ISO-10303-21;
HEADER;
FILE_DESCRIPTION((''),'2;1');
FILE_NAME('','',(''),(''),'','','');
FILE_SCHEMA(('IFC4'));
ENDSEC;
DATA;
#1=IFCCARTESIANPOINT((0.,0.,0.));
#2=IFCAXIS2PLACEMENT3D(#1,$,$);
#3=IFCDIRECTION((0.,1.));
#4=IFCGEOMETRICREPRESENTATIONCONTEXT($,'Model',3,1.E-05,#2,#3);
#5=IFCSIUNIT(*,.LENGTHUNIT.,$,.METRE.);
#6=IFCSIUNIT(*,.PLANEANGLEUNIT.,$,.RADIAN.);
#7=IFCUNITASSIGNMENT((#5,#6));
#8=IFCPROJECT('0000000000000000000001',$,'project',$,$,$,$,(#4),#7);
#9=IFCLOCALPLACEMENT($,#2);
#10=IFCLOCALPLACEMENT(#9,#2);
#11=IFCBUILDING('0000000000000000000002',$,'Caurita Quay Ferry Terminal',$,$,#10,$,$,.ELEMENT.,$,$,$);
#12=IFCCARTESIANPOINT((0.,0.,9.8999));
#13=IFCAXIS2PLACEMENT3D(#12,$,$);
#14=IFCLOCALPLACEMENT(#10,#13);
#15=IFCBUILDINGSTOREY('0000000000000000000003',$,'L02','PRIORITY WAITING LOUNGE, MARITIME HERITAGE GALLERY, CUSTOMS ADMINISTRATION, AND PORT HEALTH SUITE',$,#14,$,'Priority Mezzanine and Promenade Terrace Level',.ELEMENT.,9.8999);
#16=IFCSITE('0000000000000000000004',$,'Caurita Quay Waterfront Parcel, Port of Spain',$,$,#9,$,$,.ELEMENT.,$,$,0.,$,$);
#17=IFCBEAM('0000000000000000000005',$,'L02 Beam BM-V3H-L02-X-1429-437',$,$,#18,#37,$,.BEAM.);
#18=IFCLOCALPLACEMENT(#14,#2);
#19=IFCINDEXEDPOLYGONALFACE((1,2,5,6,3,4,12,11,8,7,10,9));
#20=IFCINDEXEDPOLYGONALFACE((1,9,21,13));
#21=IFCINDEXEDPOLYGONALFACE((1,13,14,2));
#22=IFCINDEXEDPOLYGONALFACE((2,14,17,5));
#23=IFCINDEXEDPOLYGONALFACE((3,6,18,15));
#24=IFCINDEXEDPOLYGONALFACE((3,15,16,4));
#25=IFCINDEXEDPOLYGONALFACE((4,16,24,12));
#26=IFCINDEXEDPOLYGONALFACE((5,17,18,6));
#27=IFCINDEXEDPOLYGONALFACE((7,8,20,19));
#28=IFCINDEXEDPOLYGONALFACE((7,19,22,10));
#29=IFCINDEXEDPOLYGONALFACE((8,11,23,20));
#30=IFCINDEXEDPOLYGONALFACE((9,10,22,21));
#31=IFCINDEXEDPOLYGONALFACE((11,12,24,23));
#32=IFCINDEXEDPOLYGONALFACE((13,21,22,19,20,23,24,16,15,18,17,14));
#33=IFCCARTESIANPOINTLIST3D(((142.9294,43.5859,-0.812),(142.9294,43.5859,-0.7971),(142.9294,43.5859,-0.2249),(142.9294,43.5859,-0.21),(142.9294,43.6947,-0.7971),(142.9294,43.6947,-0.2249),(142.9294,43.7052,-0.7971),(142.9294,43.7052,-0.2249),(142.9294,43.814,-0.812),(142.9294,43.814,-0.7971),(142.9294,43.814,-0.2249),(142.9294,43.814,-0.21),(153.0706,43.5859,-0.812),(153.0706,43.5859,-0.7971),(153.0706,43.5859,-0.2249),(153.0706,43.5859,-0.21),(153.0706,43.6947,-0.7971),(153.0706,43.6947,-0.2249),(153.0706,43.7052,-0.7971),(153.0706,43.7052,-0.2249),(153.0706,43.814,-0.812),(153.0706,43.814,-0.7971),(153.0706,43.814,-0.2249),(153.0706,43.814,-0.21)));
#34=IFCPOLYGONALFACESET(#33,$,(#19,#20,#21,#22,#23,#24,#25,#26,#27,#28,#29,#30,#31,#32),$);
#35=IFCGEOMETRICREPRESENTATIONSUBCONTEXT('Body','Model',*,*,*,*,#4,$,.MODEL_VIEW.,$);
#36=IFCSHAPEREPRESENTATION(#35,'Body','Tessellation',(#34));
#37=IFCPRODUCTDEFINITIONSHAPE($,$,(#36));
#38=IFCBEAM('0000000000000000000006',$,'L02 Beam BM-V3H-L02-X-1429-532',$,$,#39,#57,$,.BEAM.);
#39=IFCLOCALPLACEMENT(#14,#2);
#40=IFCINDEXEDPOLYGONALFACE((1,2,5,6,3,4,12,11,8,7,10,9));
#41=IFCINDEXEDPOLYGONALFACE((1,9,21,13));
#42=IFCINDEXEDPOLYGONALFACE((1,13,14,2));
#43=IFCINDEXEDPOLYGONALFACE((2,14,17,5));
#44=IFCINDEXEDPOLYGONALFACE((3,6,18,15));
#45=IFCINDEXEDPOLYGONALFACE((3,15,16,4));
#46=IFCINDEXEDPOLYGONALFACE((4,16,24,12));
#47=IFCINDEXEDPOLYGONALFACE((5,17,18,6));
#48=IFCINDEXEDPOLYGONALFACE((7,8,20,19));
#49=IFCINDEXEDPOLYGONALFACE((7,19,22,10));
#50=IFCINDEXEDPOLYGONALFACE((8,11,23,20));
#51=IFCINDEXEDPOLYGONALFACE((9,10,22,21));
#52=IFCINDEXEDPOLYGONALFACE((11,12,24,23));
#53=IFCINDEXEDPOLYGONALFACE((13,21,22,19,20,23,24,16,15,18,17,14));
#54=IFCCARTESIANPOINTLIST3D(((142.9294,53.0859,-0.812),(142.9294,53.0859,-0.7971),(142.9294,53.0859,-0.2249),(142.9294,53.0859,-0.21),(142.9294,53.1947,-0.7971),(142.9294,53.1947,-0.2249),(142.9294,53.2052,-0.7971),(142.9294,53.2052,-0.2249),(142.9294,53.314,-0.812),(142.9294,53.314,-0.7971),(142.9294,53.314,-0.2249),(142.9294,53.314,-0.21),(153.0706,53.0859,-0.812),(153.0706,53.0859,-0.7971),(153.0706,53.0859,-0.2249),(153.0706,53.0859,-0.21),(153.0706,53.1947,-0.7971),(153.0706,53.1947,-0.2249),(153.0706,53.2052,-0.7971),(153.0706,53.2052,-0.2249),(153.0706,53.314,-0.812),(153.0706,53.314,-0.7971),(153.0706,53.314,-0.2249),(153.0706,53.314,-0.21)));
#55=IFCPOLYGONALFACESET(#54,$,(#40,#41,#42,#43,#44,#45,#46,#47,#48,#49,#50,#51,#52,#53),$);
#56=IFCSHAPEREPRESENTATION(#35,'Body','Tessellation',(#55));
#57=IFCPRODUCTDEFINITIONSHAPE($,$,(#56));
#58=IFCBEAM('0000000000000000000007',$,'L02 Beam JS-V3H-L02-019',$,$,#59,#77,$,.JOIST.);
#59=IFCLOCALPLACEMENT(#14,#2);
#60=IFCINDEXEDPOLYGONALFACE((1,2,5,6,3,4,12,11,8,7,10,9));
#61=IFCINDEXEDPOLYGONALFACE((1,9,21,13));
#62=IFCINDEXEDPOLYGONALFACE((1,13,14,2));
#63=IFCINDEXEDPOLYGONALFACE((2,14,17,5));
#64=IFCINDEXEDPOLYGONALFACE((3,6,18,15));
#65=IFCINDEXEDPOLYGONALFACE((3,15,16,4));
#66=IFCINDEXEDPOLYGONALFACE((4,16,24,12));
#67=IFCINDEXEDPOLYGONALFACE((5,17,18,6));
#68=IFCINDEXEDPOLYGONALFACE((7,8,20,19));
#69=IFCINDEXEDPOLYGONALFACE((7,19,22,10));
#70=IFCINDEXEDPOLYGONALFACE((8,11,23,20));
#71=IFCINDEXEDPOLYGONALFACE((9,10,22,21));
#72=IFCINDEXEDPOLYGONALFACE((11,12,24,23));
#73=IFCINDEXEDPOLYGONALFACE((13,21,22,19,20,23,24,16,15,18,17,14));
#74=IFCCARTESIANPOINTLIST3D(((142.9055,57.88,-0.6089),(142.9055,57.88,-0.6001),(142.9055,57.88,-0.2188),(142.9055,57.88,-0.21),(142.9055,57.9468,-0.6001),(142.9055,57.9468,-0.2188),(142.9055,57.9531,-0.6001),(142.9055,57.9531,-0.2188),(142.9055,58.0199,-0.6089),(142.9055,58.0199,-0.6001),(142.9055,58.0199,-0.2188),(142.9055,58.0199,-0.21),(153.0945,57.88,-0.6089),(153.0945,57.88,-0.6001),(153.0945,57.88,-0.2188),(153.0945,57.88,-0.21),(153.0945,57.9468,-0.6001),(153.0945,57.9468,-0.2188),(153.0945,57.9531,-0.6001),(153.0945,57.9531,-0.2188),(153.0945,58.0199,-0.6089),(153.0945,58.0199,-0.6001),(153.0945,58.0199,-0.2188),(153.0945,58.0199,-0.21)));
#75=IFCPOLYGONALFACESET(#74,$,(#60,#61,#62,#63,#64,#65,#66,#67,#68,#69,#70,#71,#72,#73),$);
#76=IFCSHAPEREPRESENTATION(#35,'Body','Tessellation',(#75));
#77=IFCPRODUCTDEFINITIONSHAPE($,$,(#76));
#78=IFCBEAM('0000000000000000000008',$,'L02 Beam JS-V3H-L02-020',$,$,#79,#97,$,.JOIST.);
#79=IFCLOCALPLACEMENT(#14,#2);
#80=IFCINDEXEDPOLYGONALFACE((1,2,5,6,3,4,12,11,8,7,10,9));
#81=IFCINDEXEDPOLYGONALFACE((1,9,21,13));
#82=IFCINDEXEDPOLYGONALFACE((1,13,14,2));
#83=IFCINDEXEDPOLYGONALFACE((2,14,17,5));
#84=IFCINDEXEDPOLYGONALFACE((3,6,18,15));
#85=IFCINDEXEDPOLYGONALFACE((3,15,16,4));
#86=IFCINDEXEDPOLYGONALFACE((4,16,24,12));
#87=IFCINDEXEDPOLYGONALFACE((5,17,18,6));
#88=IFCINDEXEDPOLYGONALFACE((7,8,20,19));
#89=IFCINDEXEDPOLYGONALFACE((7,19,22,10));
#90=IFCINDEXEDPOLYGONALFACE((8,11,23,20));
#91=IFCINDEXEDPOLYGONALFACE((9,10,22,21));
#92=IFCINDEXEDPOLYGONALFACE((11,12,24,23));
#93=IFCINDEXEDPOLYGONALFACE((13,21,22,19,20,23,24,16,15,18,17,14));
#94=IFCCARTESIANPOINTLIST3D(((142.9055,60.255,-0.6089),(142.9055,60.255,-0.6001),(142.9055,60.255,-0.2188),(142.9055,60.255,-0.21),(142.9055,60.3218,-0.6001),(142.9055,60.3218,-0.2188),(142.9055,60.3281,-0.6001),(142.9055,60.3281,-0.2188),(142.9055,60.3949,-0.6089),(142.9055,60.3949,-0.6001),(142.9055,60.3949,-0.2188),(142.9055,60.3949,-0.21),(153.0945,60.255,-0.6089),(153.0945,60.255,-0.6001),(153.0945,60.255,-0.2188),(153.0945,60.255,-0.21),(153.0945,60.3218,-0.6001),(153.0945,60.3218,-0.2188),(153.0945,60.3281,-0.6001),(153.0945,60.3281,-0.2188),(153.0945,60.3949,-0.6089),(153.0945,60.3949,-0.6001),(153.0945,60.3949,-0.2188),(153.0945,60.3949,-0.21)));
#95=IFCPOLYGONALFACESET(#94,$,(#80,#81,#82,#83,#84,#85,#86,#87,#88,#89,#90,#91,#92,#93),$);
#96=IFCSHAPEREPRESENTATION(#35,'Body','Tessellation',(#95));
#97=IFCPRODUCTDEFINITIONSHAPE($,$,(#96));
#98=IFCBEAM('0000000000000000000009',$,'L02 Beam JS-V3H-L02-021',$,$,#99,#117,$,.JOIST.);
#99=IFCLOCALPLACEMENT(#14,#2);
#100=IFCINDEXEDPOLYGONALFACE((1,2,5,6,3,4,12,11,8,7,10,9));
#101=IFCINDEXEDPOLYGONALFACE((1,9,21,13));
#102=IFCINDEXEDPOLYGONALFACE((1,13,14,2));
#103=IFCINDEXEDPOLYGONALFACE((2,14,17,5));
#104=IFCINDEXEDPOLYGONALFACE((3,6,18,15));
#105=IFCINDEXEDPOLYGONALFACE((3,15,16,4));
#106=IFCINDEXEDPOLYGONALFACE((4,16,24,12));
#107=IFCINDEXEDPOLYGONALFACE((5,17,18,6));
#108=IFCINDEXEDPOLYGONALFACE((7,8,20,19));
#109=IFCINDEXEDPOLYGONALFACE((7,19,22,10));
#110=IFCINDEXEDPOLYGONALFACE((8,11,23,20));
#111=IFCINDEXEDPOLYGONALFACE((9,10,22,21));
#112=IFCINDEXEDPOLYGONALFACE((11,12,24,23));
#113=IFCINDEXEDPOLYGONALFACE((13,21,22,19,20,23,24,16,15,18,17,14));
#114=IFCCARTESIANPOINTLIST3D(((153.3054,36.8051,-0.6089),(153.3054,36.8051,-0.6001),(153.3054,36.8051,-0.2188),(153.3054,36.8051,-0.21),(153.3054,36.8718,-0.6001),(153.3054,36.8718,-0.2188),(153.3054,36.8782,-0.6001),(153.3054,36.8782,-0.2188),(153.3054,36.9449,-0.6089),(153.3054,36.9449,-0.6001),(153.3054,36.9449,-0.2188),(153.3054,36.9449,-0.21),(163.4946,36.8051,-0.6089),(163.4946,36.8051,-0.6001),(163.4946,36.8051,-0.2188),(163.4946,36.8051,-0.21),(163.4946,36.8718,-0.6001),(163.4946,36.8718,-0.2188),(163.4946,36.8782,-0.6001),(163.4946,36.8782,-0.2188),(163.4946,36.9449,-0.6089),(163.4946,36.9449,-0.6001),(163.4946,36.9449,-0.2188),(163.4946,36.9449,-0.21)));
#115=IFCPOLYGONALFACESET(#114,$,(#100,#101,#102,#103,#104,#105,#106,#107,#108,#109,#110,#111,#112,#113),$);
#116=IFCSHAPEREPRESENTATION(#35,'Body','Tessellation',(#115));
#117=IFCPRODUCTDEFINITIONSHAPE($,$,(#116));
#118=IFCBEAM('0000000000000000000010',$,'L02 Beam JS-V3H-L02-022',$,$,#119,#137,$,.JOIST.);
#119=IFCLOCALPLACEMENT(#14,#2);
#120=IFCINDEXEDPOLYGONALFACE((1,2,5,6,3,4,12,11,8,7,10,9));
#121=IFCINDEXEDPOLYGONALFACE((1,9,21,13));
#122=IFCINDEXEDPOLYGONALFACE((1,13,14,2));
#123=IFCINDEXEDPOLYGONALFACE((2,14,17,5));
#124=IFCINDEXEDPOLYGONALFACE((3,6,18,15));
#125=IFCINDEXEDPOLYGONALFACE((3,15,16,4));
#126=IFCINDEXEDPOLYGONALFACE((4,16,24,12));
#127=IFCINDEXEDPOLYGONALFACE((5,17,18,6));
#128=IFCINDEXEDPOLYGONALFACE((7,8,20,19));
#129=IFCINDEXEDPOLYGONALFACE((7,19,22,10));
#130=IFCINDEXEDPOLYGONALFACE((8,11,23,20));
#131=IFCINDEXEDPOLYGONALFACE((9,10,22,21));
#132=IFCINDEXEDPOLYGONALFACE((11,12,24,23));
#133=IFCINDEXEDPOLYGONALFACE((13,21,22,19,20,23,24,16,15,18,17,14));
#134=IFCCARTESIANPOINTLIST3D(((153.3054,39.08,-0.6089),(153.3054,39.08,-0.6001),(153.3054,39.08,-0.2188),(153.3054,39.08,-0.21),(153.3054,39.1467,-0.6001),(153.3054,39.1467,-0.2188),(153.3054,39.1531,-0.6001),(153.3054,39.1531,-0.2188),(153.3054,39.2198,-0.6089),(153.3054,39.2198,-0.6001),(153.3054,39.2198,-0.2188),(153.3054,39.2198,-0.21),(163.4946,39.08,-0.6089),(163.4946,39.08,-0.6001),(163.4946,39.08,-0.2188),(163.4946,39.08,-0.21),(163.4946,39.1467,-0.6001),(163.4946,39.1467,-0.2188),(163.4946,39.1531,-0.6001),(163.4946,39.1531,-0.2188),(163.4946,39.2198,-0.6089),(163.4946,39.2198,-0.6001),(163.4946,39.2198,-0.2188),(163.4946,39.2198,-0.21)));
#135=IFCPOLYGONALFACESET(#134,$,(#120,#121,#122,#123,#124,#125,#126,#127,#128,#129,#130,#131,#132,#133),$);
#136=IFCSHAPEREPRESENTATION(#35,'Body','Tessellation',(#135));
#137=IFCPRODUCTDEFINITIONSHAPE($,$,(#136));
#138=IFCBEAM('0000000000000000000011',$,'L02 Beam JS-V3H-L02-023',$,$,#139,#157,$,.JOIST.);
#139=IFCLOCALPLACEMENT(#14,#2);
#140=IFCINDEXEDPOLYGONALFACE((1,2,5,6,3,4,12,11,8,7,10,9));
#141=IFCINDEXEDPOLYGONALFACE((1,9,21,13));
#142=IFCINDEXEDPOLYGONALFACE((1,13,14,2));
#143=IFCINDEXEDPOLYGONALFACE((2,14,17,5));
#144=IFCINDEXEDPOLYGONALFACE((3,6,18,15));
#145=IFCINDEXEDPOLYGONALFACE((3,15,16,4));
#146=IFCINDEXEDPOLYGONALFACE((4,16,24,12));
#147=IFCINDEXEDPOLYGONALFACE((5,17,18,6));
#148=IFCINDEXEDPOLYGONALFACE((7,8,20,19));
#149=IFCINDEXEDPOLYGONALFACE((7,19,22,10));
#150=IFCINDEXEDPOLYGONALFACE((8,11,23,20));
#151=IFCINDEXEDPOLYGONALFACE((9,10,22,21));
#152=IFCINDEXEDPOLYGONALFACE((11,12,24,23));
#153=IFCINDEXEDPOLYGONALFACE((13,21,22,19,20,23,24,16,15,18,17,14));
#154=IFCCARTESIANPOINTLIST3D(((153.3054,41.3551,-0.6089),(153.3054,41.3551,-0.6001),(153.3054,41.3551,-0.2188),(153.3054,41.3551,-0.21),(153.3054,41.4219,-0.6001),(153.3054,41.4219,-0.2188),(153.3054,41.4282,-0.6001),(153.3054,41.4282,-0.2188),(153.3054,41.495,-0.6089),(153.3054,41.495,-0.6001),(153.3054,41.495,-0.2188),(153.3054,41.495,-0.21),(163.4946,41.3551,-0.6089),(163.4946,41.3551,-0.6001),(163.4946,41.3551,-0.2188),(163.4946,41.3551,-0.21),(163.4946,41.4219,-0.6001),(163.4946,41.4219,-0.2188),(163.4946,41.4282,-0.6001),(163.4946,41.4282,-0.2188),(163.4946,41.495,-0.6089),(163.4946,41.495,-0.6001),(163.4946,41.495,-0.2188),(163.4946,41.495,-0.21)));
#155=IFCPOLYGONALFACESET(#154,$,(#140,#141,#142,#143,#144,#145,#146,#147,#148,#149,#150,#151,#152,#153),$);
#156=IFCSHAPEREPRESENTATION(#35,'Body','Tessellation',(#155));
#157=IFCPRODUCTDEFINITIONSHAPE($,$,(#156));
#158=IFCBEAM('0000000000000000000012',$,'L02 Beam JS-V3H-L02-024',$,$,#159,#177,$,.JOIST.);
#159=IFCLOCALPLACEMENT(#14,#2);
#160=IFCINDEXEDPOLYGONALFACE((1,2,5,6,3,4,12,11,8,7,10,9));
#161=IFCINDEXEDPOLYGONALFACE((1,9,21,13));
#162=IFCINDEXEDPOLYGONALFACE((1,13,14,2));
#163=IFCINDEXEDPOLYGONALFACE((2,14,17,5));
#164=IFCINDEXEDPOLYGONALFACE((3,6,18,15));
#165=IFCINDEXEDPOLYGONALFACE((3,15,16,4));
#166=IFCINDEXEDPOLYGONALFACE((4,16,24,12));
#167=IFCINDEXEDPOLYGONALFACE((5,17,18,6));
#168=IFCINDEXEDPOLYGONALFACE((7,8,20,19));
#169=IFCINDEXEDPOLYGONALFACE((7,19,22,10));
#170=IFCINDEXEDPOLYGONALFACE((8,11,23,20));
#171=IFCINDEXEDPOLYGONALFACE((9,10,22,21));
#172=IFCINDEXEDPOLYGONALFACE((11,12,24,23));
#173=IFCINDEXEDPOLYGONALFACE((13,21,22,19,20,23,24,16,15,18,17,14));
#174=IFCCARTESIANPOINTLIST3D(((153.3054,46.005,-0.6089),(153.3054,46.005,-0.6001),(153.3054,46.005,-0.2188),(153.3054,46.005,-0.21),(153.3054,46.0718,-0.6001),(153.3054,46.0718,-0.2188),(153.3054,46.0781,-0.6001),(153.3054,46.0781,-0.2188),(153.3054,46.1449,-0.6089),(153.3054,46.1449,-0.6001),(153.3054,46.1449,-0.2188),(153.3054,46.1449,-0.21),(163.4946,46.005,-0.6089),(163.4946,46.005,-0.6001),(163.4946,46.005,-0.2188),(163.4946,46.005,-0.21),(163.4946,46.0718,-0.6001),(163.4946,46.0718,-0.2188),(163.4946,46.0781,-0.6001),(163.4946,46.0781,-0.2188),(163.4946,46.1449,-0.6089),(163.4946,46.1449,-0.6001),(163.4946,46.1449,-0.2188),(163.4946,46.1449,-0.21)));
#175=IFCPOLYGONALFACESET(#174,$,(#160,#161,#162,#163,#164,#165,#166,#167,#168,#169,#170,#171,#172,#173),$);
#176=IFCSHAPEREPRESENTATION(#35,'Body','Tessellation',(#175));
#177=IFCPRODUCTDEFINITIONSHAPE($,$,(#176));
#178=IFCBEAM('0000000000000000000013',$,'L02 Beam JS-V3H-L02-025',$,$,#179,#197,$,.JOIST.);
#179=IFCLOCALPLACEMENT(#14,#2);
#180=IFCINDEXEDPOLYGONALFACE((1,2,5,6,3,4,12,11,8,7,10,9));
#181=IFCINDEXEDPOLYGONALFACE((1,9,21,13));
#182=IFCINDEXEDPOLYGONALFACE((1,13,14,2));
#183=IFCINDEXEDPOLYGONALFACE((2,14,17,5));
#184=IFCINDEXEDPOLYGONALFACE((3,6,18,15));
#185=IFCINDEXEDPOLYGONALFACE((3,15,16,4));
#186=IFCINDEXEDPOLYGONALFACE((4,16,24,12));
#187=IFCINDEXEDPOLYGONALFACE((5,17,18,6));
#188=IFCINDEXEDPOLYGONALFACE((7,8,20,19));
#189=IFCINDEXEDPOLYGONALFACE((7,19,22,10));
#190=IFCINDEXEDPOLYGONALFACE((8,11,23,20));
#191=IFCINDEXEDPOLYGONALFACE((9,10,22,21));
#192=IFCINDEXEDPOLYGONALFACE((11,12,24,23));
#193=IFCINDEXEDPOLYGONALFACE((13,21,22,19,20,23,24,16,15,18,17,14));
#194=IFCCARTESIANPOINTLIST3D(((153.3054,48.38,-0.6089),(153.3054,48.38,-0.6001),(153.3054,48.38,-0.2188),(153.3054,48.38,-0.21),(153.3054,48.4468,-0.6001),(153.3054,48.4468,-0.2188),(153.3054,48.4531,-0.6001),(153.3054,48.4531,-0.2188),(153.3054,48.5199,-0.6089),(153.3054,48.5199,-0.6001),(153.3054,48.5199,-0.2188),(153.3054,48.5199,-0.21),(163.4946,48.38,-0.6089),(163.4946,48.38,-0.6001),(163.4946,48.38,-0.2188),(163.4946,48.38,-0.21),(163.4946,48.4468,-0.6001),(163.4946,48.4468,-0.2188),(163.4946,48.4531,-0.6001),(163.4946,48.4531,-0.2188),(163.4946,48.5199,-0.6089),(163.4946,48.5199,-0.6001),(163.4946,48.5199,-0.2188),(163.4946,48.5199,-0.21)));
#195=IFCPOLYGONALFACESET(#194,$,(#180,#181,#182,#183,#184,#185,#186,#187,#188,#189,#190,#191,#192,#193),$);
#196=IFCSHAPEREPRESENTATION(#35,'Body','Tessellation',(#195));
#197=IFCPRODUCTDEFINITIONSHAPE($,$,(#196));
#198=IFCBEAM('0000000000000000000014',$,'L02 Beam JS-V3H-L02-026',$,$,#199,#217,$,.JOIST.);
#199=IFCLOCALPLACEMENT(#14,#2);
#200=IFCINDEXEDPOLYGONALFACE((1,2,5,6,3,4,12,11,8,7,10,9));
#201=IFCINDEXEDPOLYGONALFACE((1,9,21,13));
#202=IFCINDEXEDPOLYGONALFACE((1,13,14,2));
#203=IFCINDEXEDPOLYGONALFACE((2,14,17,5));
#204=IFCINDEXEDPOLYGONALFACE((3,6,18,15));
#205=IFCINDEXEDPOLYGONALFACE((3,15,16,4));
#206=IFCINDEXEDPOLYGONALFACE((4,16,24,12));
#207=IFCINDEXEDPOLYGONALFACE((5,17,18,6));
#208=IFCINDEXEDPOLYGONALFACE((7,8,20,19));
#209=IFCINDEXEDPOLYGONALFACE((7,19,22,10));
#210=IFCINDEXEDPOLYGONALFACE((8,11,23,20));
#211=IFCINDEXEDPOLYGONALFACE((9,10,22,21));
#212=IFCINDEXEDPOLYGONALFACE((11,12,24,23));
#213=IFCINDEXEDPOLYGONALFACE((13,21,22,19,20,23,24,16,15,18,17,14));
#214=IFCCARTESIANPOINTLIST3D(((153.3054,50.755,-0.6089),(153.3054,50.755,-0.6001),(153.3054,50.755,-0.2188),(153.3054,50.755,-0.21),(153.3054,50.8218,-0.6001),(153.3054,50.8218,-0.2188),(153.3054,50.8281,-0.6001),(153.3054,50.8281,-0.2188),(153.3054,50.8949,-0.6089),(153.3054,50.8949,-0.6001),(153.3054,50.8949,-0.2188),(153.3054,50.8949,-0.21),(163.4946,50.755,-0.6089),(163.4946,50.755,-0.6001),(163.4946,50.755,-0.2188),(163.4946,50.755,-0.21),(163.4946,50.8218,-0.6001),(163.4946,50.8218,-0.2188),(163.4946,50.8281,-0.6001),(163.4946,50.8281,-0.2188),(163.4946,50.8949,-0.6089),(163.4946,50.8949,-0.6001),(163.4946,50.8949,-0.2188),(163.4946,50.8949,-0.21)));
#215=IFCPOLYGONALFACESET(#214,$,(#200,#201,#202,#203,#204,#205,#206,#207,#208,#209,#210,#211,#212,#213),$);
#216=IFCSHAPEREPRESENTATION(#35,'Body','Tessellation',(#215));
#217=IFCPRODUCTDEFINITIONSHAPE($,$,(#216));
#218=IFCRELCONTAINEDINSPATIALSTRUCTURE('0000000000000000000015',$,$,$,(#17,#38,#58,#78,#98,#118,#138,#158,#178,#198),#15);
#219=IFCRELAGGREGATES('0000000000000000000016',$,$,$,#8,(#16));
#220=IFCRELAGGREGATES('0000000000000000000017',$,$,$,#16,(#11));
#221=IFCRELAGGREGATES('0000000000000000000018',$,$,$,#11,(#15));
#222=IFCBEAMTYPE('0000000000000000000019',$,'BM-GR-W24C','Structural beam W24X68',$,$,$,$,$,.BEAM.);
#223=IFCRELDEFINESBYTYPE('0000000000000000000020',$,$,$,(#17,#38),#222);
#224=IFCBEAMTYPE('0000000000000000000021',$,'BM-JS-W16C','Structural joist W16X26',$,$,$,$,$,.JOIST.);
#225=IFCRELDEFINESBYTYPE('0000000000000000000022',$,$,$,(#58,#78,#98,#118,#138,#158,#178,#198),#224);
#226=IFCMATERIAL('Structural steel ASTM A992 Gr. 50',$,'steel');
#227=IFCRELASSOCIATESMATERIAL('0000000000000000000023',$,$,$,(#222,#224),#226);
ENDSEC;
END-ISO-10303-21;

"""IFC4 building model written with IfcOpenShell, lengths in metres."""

from ifc_helpers import new_model, si_unit, direction, frame, origin, origin_2d, place, context, subcontext, project, spatial, i_section, extrude, material, material_profile, profile_set, type_object, element, save


model = new_model("IFC4")

# Units and contexts
model_context = context("Model", 3, precision=1e-05, world=origin(), true_north=direction((0.0, 1.0)))
body_context = subcontext(model_context, "Body", "Model", "MODEL_VIEW")
ifc_project = project(units=[si_unit("LENGTHUNIT", "METRE"), si_unit("PLANEANGLEUNIT", "RADIAN")], contexts=[model_context])

# Site, building, storey
site_placement = place(None, origin())
site = spatial("IfcSite", under=ifc_project, at=site_placement, Name="Caurita Quay Waterfront Parcel, Port of Spain", CompositionType="ELEMENT", RefElevation=0.0)
building_placement = place(site_placement, origin())
building = spatial("IfcBuilding", under=site, at=building_placement, Name="Caurita Quay Ferry Terminal", CompositionType="ELEMENT")
storey_placement = place(building_placement, frame((0.0, 0.0, 9.8999)))
storey = spatial("IfcBuildingStorey", under=building, at=storey_placement, Name="L02", Description="PRIORITY WAITING LOUNGE, MARITIME HERITAGE GALLERY, CUSTOMS ADMINISTRATION, AND PORT HEALTH SUITE", LongName="Priority Mezzanine and Promenade Terrace Level", CompositionType="ELEMENT", Elevation=9.8999)

# Beams
ifc_material_1 = material(Name="Structural steel ASTM A992 Gr. 50", Category="steel")
ifc_material_profile_1 = material_profile(ifc_material_1, i_section(OverallWidth=0.228, OverallDepth=0.6021, WebThickness=0.0105, FlangeThickness=0.0149, at=origin_2d()), Name="W24X68")
ifc_profile_set_1 = profile_set([ifc_material_profile_1], Name="Structural steel ASTM A992 Gr. 50")
beam_type_1 = type_object("IfcBeamType", Name="BM-GR-W24C", Description="Structural beam W24X68", PredefinedType="BEAM", material=ifc_profile_set_1)
for number, where, z_axis, x_axis, name in (
    (1, (142.9294, 43.7, -0.511), (1.0, 0.0, 0.0), (0.0, 1.0, 0.0), "L02 Beam BM-V3H-L02-X-1429-437"),
    (2, (142.9294, 53.2, -0.511), (1.0, 0.0, 0.0), (0.0, 1.0, 0.0), "L02 Beam BM-V3H-L02-X-1429-532"),
):
    element("IfcBeam", number, at=place(storey_placement, frame(where, z_axis=z_axis, x_axis=x_axis)), inside=storey, type_object=beam_type_1, Name=name, PredefinedType="BEAM", context=body_context, shape_type="SweptSolid", body=[
        extrude(i_section(OverallWidth=0.228, OverallDepth=0.6021, WebThickness=0.0105, FlangeThickness=0.0149, at=origin_2d()), origin(), (0.0, 0.0, 1.0), 10.1411),
    ])
ifc_material_profile_2 = material_profile(ifc_material_1, i_section(OverallWidth=0.1399, OverallDepth=0.3989, WebThickness=0.0063, FlangeThickness=0.0088, at=origin_2d()), Name="W16X26")
ifc_profile_set_2 = profile_set([ifc_material_profile_2], Name="Structural steel ASTM A992 Gr. 50")
beam_type_2 = type_object("IfcBeamType", Name="BM-JS-W16C", Description="Structural joist W16X26", PredefinedType="JOIST", material=ifc_profile_set_2)
for number, where, z_axis, x_axis, name in (
    (3, (142.9055, 57.95, -0.4094), (1.0, 0.0, 0.0), (0.0, 1.0, 0.0), "L02 Beam JS-V3H-L02-019"),
    (4, (142.9055, 60.325, -0.4094), (1.0, 0.0, 0.0), (0.0, 1.0, 0.0), "L02 Beam JS-V3H-L02-020"),
):
    element("IfcBeam", number, at=place(storey_placement, frame(where, z_axis=z_axis, x_axis=x_axis)), inside=storey, type_object=beam_type_2, Name=name, PredefinedType="JOIST", context=body_context, shape_type="SweptSolid", body=[
        extrude(i_section(OverallWidth=0.1399, OverallDepth=0.3989, WebThickness=0.0063, FlangeThickness=0.0088, at=origin_2d()), origin(), (0.0, 0.0, 1.0), 10.189),
    ])
for number, where, z_axis, x_axis, name in (
    (5, (153.3054, 36.875, -0.4094), (1.0, 0.0, 0.0), (0.0, 1.0, 0.0), "L02 Beam JS-V3H-L02-021"),
    (6, (153.3054, 39.1499, -0.4094), (1.0, 0.0, 0.0), (0.0, 1.0, 0.0), "L02 Beam JS-V3H-L02-022"),
    (7, (153.3054, 41.425, -0.4094), (1.0, 0.0, 0.0), (0.0, 1.0, 0.0), "L02 Beam JS-V3H-L02-023"),
    (8, (153.3054, 46.075, -0.4094), (1.0, 0.0, 0.0), (0.0, 1.0, 0.0), "L02 Beam JS-V3H-L02-024"),
    (9, (153.3054, 48.45, -0.4094), (1.0, 0.0, 0.0), (0.0, 1.0, 0.0), "L02 Beam JS-V3H-L02-025"),
    (10, (153.3054, 50.825, -0.4094), (1.0, 0.0, 0.0), (0.0, 1.0, 0.0), "L02 Beam JS-V3H-L02-026"),
):
    element("IfcBeam", number, at=place(storey_placement, frame(where, z_axis=z_axis, x_axis=x_axis)), inside=storey, type_object=beam_type_2, Name=name, PredefinedType="JOIST", context=body_context, shape_type="SweptSolid", body=[
        extrude(i_section(OverallWidth=0.1399, OverallDepth=0.3989, WebThickness=0.0063, FlangeThickness=0.0088, at=origin_2d()), origin(), (0.0, 0.0, 1.0), 10.1892),
    ])

save(model, "model.ifc")
